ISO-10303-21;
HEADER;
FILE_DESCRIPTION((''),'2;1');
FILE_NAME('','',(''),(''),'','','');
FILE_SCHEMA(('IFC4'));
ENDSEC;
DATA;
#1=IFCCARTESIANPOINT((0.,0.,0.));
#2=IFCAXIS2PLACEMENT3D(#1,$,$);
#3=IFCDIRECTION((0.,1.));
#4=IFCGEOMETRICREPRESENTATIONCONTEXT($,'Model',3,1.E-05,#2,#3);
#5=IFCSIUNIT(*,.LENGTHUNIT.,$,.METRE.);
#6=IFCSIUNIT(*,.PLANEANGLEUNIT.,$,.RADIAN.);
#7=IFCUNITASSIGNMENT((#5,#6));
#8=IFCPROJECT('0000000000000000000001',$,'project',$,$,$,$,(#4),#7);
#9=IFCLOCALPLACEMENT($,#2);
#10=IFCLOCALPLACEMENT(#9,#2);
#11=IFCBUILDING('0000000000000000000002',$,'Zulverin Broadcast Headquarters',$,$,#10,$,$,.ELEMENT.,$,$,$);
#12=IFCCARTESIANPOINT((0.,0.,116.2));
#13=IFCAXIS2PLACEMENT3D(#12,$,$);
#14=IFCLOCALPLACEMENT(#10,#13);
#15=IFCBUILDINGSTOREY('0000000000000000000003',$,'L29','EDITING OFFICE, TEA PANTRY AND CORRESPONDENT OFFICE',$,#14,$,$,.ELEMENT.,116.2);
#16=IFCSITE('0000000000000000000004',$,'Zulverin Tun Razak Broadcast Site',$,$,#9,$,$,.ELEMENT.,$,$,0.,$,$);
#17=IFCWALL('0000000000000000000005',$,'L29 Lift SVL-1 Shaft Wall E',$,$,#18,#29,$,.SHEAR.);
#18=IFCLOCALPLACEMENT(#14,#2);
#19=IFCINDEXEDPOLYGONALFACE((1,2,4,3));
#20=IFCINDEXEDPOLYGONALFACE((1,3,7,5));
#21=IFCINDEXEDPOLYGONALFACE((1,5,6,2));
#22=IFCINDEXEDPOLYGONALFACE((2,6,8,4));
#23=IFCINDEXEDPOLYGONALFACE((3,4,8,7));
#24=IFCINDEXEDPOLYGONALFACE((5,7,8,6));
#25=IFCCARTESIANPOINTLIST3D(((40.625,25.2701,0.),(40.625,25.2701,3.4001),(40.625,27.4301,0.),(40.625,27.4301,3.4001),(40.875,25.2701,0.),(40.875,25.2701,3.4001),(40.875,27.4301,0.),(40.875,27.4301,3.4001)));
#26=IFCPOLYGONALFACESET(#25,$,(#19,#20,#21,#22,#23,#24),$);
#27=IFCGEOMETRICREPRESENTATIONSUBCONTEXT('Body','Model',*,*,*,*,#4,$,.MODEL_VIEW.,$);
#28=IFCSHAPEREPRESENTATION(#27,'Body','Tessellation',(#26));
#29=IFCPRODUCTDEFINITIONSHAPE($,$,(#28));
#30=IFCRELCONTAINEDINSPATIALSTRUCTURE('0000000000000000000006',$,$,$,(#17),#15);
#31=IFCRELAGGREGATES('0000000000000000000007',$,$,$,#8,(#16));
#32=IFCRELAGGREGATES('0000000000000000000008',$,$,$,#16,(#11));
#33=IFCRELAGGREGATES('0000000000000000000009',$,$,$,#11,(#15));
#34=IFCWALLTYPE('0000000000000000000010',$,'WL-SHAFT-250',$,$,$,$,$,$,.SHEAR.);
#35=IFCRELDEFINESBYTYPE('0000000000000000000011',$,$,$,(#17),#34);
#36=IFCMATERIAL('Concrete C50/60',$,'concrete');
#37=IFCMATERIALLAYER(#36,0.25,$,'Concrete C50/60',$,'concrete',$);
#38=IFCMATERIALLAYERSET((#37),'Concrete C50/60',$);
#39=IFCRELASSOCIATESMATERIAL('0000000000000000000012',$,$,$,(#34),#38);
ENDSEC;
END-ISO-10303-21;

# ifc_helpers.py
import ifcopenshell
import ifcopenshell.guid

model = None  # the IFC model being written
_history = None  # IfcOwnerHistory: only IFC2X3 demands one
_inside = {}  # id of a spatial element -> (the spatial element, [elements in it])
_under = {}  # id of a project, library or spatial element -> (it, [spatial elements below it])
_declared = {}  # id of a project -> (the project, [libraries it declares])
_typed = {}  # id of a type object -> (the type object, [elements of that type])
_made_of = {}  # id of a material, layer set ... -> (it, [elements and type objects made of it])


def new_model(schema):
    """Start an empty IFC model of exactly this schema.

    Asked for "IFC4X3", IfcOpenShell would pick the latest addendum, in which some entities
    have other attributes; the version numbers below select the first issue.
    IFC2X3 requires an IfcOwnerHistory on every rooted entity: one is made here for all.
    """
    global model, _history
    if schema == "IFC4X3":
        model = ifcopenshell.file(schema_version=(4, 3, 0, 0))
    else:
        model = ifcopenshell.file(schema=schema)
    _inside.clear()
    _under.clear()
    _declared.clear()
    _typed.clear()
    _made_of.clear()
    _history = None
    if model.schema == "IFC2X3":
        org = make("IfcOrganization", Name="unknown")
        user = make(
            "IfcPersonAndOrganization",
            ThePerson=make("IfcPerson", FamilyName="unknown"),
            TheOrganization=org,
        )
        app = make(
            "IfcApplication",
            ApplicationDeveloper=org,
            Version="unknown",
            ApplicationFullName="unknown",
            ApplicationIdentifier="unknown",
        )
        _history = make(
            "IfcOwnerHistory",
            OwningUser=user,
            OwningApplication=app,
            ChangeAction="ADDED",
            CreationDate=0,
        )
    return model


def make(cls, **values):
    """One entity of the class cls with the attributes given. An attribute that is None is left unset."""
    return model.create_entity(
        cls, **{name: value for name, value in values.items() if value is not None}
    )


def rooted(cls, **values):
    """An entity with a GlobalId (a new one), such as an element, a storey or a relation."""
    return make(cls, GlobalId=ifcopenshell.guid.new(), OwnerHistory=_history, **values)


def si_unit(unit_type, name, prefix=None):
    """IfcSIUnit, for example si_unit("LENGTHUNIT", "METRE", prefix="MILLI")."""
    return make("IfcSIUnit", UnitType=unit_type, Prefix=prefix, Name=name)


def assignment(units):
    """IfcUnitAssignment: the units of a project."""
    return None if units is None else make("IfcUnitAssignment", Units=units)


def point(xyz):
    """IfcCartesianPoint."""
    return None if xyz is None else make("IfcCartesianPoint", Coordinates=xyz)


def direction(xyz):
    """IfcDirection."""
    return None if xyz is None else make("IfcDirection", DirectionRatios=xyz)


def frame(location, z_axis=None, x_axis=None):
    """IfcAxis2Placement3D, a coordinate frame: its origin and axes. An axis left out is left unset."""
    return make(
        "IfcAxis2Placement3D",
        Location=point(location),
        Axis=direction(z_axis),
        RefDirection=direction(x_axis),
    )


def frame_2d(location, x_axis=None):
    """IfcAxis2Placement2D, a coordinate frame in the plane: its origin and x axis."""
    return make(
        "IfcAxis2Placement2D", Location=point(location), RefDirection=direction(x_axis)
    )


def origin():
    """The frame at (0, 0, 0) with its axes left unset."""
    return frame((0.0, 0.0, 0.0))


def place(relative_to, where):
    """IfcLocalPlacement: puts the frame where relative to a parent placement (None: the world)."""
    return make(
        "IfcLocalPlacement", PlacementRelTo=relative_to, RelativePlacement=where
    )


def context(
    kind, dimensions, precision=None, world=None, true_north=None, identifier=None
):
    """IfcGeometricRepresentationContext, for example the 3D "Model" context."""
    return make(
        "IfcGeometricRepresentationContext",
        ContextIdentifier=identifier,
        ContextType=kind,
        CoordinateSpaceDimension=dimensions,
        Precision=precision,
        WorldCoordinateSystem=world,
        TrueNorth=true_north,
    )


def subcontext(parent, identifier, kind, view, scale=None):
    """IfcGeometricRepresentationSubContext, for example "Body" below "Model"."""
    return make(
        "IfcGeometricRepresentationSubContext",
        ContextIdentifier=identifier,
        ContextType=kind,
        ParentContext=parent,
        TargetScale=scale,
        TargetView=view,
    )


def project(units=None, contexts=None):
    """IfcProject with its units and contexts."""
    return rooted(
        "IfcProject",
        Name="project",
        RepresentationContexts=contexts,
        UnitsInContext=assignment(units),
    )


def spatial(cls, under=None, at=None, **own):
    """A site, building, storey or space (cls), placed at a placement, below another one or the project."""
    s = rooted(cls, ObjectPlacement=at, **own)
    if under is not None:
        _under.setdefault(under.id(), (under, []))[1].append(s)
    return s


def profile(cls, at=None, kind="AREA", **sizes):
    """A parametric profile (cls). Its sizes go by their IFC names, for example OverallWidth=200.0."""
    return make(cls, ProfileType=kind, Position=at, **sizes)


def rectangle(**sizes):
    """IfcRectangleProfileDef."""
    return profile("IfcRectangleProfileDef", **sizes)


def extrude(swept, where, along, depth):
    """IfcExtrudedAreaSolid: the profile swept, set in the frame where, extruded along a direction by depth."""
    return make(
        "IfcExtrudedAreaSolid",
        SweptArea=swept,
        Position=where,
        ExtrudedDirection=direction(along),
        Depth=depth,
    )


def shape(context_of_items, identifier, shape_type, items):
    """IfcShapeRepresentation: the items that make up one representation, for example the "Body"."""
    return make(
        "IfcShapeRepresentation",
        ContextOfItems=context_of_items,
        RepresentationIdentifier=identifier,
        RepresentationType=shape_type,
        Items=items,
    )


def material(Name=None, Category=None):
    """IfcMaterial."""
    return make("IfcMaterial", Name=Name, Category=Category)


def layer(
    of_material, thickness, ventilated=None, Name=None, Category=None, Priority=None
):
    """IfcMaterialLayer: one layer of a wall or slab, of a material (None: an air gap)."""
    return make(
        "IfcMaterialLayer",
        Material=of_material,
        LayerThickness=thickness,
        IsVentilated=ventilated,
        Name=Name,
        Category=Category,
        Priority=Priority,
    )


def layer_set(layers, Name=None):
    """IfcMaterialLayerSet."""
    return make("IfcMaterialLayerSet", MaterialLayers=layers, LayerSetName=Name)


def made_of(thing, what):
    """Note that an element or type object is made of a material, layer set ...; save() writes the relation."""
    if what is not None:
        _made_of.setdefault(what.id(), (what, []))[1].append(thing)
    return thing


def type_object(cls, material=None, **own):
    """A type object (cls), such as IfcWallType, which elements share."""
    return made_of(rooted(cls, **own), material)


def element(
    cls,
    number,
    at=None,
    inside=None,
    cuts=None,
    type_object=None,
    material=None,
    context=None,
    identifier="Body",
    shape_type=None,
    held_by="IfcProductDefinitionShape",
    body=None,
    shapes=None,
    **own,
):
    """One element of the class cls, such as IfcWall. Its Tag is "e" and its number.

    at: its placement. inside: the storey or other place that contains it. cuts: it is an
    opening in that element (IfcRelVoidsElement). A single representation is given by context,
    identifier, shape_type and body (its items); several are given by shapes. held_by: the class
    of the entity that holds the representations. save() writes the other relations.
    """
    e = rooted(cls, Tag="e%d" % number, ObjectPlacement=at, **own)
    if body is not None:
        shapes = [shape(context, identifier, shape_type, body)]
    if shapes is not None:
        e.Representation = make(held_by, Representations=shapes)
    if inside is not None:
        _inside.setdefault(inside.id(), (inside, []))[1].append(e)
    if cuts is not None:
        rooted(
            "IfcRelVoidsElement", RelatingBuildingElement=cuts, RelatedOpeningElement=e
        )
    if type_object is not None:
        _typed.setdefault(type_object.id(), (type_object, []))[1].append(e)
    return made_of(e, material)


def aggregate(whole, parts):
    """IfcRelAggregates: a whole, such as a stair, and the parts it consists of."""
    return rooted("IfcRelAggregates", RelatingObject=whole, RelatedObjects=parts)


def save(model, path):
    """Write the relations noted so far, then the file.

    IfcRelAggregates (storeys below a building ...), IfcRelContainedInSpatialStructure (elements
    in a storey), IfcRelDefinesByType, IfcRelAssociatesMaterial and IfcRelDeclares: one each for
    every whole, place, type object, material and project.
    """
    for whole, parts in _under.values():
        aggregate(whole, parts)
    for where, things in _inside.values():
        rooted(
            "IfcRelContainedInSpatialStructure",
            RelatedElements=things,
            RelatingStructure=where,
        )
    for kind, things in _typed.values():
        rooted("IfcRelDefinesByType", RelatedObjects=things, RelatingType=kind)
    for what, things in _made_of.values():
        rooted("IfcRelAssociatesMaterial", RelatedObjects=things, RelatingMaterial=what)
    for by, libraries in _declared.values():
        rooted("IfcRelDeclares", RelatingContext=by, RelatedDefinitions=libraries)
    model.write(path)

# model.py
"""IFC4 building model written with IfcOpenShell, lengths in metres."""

from ifc_helpers import new_model, si_unit, direction, frame, frame_2d, origin, place, context, subcontext, project, spatial, rectangle, extrude, material, layer, layer_set, type_object, element, save


model = new_model("IFC4")

# Units and contexts
model_context = context("Model", 3, precision=1e-05, world=origin(), true_north=direction((0.0, 1.0)))
body_context = subcontext(model_context, "Body", "Model", "MODEL_VIEW")
ifc_project = project(units=[si_unit("LENGTHUNIT", "METRE"), si_unit("PLANEANGLEUNIT", "RADIAN")], contexts=[model_context])

# Site, building, storey
site_placement = place(None, origin())
site = spatial("IfcSite", under=ifc_project, at=site_placement, Name="Zulverin Tun Razak Broadcast Site", CompositionType="ELEMENT", RefElevation=0.0)
building_placement = place(site_placement, origin())
building = spatial("IfcBuilding", under=site, at=building_placement, Name="Zulverin Broadcast Headquarters", CompositionType="ELEMENT")
storey_placement = place(building_placement, frame((0.0, 0.0, 116.2)))
storey = spatial("IfcBuildingStorey", under=building, at=storey_placement, Name="L29", Description="EDITING OFFICE, TEA PANTRY AND CORRESPONDENT OFFICE", CompositionType="ELEMENT", Elevation=116.2)

# Shared definitions
ifc_material_1 = material(Name="Concrete C50/60", Category="concrete")
ifc_layer_1 = layer(ifc_material_1, 0.25, Name="Concrete C50/60", Category="concrete")
ifc_layer_set_1 = layer_set([ifc_layer_1], Name="Concrete C50/60")
wall_type_1 = type_object("IfcWallType", Name="WL-SHAFT-250", PredefinedType="SHEAR", material=ifc_layer_set_1)

# Wall
wall_1_placement = place(storey_placement, frame((40.75, 25.27, 0.0), z_axis=(0.0, 0.0, 1.0), x_axis=(0.0, 1.0, 0.0)))
element("IfcWall", 1, at=wall_1_placement, inside=storey, type_object=wall_type_1, Name="L29 Lift SVL-1 Shaft Wall E", PredefinedType="SHEAR", context=body_context, shape_type="SweptSolid", body=[
    extrude(rectangle(XDim=2.1599, YDim=0.25, at=frame_2d((1.0801, 0.0))), origin(), (0.0, 0.0, 1.0), 3.4001),
])

save(model, "model.ifc")
